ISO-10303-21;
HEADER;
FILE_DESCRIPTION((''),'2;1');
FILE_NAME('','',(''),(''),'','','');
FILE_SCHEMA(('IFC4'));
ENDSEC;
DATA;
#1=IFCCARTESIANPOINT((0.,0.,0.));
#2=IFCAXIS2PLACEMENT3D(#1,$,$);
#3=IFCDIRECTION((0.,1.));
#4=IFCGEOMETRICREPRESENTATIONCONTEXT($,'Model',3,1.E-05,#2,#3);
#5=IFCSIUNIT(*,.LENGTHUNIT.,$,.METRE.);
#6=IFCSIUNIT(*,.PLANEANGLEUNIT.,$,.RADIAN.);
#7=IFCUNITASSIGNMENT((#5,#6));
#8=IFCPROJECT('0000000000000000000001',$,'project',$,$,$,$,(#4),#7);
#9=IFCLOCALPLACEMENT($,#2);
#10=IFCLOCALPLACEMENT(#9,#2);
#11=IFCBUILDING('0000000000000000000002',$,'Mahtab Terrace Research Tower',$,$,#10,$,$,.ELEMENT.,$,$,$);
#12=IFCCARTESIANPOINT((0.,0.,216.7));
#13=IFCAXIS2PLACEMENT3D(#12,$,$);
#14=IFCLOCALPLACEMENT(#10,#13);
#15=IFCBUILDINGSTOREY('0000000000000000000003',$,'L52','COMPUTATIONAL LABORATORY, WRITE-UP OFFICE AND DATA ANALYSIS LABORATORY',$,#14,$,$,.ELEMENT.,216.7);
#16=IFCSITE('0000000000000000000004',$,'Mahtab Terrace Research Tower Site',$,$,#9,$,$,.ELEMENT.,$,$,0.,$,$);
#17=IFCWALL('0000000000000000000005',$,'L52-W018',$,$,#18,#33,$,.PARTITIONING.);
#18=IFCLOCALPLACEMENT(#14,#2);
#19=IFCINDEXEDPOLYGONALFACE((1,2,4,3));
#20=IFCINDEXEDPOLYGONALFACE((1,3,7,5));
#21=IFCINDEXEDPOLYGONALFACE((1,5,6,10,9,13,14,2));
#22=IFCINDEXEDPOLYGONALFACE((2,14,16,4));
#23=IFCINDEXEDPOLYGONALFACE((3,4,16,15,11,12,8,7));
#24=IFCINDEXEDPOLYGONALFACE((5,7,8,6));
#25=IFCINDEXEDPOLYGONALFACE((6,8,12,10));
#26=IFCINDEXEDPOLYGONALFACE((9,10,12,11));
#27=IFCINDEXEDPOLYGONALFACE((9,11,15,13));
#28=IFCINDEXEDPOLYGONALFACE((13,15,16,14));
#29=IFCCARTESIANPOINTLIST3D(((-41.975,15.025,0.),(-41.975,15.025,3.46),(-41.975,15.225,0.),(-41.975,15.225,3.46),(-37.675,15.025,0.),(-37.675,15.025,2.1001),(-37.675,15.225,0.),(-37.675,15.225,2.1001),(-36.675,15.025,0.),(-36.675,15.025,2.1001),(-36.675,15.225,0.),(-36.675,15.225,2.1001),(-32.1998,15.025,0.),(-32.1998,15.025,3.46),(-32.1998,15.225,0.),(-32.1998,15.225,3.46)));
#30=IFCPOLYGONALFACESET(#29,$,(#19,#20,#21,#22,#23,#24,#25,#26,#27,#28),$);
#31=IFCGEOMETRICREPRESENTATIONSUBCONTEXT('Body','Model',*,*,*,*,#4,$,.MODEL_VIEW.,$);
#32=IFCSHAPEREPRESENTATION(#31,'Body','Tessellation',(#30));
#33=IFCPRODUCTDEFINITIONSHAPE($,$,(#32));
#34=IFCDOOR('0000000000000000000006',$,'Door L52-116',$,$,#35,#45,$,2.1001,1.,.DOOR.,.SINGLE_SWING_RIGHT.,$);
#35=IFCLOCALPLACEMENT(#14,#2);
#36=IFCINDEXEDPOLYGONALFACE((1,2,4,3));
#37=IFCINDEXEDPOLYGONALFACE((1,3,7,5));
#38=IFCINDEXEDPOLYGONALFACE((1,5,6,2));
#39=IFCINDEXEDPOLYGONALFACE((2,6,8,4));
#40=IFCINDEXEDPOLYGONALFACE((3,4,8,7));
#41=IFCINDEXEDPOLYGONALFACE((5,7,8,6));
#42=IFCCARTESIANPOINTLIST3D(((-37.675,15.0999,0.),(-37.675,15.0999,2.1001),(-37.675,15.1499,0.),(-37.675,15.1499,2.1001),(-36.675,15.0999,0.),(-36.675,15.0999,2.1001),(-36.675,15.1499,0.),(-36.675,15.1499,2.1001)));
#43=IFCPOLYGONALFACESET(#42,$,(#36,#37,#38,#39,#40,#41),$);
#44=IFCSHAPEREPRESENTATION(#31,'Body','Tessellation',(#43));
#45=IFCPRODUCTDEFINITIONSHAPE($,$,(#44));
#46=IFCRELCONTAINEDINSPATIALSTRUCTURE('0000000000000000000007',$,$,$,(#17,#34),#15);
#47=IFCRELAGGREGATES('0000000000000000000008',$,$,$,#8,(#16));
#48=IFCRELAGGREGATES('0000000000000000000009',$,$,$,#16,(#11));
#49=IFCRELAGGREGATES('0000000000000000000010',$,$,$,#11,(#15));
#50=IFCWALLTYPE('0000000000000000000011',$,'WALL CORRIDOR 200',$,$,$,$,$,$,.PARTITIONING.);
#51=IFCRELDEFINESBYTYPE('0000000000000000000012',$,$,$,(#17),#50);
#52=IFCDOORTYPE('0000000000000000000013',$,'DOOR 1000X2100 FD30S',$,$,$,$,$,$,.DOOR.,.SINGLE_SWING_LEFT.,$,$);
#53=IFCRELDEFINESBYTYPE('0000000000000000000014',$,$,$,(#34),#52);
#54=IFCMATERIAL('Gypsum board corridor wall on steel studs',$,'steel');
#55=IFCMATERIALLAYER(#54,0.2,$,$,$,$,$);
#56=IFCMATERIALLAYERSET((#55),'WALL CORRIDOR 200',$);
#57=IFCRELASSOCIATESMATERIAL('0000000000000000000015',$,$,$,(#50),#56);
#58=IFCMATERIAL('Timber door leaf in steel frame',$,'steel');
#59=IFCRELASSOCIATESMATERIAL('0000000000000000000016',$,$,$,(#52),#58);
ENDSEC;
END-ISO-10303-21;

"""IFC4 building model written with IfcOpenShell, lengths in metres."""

from ifc_helpers import new_model, si_unit, direction, frame, frame_2d, origin, place, context, subcontext, project, spatial, rectangle, extrude, material, layer, layer_set, type_object, element, fill, save


model = new_model("IFC4")

# Units and contexts
model_context = context("Model", 3, precision=1e-05, world=origin(), true_north=direction((0.0, 1.0)))
body_context = subcontext(model_context, "Body", "Model", "MODEL_VIEW")
ifc_project = project(units=[si_unit("LENGTHUNIT", "METRE"), si_unit("PLANEANGLEUNIT", "RADIAN")], contexts=[model_context])

# Site, building, storey
site_placement = place(None, origin())
site = spatial("IfcSite", under=ifc_project, at=site_placement, Name="Mahtab Terrace Research Tower Site", CompositionType="ELEMENT", RefElevation=0.0)
building_placement = place(site_placement, origin())
building = spatial("IfcBuilding", under=site, at=building_placement, Name="Mahtab Terrace Research Tower", CompositionType="ELEMENT")
storey_placement = place(building_placement, frame((0.0, 0.0, 216.7)))
storey = spatial("IfcBuildingStorey", under=building, at=storey_placement, Name="L52", Description="COMPUTATIONAL LABORATORY, WRITE-UP OFFICE AND DATA ANALYSIS LABORATORY", CompositionType="ELEMENT", Elevation=216.7)

# Wall, opening, door
ifc_material_1 = material(Name="Gypsum board corridor wall on steel studs", Category="steel")
ifc_layer_1 = layer(ifc_material_1, 0.2)
ifc_layer_set_1 = layer_set([ifc_layer_1], Name="WALL CORRIDOR 200")
wall_type = type_object("IfcWallType", Name="WALL CORRIDOR 200", PredefinedType="PARTITIONING", material=ifc_layer_set_1)
wall_placement = place(storey_placement, frame((-41.9751, 15.125, 0.0), z_axis=(0.0, 0.0, 1.0), x_axis=(1.0, 0.0, 0.0)))
wall = element("IfcWall", 1, at=wall_placement, inside=storey, type_object=wall_type, Name="L52-W018", PredefinedType="PARTITIONING", context=body_context, shape_type="SweptSolid", body=[
    extrude(rectangle(XDim=9.7751, YDim=0.2, at=frame_2d((4.8877, 0.0))), origin(), (0.0, 0.0, 1.0), 3.46),
])
opening_placement = place(wall_placement, frame((4.3, 0.0, 0.0)))
opening = element("IfcOpeningElement", 2, at=opening_placement, cuts=wall, PredefinedType="OPENING", context=body_context, shape_type="SweptSolid", body=[
    extrude(rectangle(XDim=1.0, YDim=2.1001, at=frame_2d((0.5, 1.05))), frame((0.0, 0.1099, 0.0), z_axis=(0.0, -1.0, 0.0), x_axis=(1.0, 0.0, 0.0)), (0.0, 0.0, 1.0), 0.22),
])
ifc_material_2 = material(Name="Timber door leaf in steel frame", Category="steel")
door_type = type_object("IfcDoorType", Name="DOOR 1000X2100 FD30S", OperationType="SINGLE_SWING_LEFT", PredefinedType="DOOR", material=ifc_material_2)
door_placement = place(opening_placement, origin())
door = element("IfcDoor", 3, at=door_placement, inside=storey, type_object=door_type, Name="Door L52-116", OperationType="SINGLE_SWING_RIGHT", OverallHeight=2.1001, OverallWidth=1.0, PredefinedType="DOOR", context=body_context, shape_type="SweptSolid", body=[
    extrude(rectangle(XDim=1.0, YDim=2.1001, at=frame_2d((0.5, 1.05))), frame((0.0, 0.0249, 0.0), z_axis=(0.0, -1.0, 0.0), x_axis=(1.0, 0.0, 0.0)), (0.0, 0.0, 1.0), 0.05),
])
fill(opening, door)

save(model, "model.ifc")
